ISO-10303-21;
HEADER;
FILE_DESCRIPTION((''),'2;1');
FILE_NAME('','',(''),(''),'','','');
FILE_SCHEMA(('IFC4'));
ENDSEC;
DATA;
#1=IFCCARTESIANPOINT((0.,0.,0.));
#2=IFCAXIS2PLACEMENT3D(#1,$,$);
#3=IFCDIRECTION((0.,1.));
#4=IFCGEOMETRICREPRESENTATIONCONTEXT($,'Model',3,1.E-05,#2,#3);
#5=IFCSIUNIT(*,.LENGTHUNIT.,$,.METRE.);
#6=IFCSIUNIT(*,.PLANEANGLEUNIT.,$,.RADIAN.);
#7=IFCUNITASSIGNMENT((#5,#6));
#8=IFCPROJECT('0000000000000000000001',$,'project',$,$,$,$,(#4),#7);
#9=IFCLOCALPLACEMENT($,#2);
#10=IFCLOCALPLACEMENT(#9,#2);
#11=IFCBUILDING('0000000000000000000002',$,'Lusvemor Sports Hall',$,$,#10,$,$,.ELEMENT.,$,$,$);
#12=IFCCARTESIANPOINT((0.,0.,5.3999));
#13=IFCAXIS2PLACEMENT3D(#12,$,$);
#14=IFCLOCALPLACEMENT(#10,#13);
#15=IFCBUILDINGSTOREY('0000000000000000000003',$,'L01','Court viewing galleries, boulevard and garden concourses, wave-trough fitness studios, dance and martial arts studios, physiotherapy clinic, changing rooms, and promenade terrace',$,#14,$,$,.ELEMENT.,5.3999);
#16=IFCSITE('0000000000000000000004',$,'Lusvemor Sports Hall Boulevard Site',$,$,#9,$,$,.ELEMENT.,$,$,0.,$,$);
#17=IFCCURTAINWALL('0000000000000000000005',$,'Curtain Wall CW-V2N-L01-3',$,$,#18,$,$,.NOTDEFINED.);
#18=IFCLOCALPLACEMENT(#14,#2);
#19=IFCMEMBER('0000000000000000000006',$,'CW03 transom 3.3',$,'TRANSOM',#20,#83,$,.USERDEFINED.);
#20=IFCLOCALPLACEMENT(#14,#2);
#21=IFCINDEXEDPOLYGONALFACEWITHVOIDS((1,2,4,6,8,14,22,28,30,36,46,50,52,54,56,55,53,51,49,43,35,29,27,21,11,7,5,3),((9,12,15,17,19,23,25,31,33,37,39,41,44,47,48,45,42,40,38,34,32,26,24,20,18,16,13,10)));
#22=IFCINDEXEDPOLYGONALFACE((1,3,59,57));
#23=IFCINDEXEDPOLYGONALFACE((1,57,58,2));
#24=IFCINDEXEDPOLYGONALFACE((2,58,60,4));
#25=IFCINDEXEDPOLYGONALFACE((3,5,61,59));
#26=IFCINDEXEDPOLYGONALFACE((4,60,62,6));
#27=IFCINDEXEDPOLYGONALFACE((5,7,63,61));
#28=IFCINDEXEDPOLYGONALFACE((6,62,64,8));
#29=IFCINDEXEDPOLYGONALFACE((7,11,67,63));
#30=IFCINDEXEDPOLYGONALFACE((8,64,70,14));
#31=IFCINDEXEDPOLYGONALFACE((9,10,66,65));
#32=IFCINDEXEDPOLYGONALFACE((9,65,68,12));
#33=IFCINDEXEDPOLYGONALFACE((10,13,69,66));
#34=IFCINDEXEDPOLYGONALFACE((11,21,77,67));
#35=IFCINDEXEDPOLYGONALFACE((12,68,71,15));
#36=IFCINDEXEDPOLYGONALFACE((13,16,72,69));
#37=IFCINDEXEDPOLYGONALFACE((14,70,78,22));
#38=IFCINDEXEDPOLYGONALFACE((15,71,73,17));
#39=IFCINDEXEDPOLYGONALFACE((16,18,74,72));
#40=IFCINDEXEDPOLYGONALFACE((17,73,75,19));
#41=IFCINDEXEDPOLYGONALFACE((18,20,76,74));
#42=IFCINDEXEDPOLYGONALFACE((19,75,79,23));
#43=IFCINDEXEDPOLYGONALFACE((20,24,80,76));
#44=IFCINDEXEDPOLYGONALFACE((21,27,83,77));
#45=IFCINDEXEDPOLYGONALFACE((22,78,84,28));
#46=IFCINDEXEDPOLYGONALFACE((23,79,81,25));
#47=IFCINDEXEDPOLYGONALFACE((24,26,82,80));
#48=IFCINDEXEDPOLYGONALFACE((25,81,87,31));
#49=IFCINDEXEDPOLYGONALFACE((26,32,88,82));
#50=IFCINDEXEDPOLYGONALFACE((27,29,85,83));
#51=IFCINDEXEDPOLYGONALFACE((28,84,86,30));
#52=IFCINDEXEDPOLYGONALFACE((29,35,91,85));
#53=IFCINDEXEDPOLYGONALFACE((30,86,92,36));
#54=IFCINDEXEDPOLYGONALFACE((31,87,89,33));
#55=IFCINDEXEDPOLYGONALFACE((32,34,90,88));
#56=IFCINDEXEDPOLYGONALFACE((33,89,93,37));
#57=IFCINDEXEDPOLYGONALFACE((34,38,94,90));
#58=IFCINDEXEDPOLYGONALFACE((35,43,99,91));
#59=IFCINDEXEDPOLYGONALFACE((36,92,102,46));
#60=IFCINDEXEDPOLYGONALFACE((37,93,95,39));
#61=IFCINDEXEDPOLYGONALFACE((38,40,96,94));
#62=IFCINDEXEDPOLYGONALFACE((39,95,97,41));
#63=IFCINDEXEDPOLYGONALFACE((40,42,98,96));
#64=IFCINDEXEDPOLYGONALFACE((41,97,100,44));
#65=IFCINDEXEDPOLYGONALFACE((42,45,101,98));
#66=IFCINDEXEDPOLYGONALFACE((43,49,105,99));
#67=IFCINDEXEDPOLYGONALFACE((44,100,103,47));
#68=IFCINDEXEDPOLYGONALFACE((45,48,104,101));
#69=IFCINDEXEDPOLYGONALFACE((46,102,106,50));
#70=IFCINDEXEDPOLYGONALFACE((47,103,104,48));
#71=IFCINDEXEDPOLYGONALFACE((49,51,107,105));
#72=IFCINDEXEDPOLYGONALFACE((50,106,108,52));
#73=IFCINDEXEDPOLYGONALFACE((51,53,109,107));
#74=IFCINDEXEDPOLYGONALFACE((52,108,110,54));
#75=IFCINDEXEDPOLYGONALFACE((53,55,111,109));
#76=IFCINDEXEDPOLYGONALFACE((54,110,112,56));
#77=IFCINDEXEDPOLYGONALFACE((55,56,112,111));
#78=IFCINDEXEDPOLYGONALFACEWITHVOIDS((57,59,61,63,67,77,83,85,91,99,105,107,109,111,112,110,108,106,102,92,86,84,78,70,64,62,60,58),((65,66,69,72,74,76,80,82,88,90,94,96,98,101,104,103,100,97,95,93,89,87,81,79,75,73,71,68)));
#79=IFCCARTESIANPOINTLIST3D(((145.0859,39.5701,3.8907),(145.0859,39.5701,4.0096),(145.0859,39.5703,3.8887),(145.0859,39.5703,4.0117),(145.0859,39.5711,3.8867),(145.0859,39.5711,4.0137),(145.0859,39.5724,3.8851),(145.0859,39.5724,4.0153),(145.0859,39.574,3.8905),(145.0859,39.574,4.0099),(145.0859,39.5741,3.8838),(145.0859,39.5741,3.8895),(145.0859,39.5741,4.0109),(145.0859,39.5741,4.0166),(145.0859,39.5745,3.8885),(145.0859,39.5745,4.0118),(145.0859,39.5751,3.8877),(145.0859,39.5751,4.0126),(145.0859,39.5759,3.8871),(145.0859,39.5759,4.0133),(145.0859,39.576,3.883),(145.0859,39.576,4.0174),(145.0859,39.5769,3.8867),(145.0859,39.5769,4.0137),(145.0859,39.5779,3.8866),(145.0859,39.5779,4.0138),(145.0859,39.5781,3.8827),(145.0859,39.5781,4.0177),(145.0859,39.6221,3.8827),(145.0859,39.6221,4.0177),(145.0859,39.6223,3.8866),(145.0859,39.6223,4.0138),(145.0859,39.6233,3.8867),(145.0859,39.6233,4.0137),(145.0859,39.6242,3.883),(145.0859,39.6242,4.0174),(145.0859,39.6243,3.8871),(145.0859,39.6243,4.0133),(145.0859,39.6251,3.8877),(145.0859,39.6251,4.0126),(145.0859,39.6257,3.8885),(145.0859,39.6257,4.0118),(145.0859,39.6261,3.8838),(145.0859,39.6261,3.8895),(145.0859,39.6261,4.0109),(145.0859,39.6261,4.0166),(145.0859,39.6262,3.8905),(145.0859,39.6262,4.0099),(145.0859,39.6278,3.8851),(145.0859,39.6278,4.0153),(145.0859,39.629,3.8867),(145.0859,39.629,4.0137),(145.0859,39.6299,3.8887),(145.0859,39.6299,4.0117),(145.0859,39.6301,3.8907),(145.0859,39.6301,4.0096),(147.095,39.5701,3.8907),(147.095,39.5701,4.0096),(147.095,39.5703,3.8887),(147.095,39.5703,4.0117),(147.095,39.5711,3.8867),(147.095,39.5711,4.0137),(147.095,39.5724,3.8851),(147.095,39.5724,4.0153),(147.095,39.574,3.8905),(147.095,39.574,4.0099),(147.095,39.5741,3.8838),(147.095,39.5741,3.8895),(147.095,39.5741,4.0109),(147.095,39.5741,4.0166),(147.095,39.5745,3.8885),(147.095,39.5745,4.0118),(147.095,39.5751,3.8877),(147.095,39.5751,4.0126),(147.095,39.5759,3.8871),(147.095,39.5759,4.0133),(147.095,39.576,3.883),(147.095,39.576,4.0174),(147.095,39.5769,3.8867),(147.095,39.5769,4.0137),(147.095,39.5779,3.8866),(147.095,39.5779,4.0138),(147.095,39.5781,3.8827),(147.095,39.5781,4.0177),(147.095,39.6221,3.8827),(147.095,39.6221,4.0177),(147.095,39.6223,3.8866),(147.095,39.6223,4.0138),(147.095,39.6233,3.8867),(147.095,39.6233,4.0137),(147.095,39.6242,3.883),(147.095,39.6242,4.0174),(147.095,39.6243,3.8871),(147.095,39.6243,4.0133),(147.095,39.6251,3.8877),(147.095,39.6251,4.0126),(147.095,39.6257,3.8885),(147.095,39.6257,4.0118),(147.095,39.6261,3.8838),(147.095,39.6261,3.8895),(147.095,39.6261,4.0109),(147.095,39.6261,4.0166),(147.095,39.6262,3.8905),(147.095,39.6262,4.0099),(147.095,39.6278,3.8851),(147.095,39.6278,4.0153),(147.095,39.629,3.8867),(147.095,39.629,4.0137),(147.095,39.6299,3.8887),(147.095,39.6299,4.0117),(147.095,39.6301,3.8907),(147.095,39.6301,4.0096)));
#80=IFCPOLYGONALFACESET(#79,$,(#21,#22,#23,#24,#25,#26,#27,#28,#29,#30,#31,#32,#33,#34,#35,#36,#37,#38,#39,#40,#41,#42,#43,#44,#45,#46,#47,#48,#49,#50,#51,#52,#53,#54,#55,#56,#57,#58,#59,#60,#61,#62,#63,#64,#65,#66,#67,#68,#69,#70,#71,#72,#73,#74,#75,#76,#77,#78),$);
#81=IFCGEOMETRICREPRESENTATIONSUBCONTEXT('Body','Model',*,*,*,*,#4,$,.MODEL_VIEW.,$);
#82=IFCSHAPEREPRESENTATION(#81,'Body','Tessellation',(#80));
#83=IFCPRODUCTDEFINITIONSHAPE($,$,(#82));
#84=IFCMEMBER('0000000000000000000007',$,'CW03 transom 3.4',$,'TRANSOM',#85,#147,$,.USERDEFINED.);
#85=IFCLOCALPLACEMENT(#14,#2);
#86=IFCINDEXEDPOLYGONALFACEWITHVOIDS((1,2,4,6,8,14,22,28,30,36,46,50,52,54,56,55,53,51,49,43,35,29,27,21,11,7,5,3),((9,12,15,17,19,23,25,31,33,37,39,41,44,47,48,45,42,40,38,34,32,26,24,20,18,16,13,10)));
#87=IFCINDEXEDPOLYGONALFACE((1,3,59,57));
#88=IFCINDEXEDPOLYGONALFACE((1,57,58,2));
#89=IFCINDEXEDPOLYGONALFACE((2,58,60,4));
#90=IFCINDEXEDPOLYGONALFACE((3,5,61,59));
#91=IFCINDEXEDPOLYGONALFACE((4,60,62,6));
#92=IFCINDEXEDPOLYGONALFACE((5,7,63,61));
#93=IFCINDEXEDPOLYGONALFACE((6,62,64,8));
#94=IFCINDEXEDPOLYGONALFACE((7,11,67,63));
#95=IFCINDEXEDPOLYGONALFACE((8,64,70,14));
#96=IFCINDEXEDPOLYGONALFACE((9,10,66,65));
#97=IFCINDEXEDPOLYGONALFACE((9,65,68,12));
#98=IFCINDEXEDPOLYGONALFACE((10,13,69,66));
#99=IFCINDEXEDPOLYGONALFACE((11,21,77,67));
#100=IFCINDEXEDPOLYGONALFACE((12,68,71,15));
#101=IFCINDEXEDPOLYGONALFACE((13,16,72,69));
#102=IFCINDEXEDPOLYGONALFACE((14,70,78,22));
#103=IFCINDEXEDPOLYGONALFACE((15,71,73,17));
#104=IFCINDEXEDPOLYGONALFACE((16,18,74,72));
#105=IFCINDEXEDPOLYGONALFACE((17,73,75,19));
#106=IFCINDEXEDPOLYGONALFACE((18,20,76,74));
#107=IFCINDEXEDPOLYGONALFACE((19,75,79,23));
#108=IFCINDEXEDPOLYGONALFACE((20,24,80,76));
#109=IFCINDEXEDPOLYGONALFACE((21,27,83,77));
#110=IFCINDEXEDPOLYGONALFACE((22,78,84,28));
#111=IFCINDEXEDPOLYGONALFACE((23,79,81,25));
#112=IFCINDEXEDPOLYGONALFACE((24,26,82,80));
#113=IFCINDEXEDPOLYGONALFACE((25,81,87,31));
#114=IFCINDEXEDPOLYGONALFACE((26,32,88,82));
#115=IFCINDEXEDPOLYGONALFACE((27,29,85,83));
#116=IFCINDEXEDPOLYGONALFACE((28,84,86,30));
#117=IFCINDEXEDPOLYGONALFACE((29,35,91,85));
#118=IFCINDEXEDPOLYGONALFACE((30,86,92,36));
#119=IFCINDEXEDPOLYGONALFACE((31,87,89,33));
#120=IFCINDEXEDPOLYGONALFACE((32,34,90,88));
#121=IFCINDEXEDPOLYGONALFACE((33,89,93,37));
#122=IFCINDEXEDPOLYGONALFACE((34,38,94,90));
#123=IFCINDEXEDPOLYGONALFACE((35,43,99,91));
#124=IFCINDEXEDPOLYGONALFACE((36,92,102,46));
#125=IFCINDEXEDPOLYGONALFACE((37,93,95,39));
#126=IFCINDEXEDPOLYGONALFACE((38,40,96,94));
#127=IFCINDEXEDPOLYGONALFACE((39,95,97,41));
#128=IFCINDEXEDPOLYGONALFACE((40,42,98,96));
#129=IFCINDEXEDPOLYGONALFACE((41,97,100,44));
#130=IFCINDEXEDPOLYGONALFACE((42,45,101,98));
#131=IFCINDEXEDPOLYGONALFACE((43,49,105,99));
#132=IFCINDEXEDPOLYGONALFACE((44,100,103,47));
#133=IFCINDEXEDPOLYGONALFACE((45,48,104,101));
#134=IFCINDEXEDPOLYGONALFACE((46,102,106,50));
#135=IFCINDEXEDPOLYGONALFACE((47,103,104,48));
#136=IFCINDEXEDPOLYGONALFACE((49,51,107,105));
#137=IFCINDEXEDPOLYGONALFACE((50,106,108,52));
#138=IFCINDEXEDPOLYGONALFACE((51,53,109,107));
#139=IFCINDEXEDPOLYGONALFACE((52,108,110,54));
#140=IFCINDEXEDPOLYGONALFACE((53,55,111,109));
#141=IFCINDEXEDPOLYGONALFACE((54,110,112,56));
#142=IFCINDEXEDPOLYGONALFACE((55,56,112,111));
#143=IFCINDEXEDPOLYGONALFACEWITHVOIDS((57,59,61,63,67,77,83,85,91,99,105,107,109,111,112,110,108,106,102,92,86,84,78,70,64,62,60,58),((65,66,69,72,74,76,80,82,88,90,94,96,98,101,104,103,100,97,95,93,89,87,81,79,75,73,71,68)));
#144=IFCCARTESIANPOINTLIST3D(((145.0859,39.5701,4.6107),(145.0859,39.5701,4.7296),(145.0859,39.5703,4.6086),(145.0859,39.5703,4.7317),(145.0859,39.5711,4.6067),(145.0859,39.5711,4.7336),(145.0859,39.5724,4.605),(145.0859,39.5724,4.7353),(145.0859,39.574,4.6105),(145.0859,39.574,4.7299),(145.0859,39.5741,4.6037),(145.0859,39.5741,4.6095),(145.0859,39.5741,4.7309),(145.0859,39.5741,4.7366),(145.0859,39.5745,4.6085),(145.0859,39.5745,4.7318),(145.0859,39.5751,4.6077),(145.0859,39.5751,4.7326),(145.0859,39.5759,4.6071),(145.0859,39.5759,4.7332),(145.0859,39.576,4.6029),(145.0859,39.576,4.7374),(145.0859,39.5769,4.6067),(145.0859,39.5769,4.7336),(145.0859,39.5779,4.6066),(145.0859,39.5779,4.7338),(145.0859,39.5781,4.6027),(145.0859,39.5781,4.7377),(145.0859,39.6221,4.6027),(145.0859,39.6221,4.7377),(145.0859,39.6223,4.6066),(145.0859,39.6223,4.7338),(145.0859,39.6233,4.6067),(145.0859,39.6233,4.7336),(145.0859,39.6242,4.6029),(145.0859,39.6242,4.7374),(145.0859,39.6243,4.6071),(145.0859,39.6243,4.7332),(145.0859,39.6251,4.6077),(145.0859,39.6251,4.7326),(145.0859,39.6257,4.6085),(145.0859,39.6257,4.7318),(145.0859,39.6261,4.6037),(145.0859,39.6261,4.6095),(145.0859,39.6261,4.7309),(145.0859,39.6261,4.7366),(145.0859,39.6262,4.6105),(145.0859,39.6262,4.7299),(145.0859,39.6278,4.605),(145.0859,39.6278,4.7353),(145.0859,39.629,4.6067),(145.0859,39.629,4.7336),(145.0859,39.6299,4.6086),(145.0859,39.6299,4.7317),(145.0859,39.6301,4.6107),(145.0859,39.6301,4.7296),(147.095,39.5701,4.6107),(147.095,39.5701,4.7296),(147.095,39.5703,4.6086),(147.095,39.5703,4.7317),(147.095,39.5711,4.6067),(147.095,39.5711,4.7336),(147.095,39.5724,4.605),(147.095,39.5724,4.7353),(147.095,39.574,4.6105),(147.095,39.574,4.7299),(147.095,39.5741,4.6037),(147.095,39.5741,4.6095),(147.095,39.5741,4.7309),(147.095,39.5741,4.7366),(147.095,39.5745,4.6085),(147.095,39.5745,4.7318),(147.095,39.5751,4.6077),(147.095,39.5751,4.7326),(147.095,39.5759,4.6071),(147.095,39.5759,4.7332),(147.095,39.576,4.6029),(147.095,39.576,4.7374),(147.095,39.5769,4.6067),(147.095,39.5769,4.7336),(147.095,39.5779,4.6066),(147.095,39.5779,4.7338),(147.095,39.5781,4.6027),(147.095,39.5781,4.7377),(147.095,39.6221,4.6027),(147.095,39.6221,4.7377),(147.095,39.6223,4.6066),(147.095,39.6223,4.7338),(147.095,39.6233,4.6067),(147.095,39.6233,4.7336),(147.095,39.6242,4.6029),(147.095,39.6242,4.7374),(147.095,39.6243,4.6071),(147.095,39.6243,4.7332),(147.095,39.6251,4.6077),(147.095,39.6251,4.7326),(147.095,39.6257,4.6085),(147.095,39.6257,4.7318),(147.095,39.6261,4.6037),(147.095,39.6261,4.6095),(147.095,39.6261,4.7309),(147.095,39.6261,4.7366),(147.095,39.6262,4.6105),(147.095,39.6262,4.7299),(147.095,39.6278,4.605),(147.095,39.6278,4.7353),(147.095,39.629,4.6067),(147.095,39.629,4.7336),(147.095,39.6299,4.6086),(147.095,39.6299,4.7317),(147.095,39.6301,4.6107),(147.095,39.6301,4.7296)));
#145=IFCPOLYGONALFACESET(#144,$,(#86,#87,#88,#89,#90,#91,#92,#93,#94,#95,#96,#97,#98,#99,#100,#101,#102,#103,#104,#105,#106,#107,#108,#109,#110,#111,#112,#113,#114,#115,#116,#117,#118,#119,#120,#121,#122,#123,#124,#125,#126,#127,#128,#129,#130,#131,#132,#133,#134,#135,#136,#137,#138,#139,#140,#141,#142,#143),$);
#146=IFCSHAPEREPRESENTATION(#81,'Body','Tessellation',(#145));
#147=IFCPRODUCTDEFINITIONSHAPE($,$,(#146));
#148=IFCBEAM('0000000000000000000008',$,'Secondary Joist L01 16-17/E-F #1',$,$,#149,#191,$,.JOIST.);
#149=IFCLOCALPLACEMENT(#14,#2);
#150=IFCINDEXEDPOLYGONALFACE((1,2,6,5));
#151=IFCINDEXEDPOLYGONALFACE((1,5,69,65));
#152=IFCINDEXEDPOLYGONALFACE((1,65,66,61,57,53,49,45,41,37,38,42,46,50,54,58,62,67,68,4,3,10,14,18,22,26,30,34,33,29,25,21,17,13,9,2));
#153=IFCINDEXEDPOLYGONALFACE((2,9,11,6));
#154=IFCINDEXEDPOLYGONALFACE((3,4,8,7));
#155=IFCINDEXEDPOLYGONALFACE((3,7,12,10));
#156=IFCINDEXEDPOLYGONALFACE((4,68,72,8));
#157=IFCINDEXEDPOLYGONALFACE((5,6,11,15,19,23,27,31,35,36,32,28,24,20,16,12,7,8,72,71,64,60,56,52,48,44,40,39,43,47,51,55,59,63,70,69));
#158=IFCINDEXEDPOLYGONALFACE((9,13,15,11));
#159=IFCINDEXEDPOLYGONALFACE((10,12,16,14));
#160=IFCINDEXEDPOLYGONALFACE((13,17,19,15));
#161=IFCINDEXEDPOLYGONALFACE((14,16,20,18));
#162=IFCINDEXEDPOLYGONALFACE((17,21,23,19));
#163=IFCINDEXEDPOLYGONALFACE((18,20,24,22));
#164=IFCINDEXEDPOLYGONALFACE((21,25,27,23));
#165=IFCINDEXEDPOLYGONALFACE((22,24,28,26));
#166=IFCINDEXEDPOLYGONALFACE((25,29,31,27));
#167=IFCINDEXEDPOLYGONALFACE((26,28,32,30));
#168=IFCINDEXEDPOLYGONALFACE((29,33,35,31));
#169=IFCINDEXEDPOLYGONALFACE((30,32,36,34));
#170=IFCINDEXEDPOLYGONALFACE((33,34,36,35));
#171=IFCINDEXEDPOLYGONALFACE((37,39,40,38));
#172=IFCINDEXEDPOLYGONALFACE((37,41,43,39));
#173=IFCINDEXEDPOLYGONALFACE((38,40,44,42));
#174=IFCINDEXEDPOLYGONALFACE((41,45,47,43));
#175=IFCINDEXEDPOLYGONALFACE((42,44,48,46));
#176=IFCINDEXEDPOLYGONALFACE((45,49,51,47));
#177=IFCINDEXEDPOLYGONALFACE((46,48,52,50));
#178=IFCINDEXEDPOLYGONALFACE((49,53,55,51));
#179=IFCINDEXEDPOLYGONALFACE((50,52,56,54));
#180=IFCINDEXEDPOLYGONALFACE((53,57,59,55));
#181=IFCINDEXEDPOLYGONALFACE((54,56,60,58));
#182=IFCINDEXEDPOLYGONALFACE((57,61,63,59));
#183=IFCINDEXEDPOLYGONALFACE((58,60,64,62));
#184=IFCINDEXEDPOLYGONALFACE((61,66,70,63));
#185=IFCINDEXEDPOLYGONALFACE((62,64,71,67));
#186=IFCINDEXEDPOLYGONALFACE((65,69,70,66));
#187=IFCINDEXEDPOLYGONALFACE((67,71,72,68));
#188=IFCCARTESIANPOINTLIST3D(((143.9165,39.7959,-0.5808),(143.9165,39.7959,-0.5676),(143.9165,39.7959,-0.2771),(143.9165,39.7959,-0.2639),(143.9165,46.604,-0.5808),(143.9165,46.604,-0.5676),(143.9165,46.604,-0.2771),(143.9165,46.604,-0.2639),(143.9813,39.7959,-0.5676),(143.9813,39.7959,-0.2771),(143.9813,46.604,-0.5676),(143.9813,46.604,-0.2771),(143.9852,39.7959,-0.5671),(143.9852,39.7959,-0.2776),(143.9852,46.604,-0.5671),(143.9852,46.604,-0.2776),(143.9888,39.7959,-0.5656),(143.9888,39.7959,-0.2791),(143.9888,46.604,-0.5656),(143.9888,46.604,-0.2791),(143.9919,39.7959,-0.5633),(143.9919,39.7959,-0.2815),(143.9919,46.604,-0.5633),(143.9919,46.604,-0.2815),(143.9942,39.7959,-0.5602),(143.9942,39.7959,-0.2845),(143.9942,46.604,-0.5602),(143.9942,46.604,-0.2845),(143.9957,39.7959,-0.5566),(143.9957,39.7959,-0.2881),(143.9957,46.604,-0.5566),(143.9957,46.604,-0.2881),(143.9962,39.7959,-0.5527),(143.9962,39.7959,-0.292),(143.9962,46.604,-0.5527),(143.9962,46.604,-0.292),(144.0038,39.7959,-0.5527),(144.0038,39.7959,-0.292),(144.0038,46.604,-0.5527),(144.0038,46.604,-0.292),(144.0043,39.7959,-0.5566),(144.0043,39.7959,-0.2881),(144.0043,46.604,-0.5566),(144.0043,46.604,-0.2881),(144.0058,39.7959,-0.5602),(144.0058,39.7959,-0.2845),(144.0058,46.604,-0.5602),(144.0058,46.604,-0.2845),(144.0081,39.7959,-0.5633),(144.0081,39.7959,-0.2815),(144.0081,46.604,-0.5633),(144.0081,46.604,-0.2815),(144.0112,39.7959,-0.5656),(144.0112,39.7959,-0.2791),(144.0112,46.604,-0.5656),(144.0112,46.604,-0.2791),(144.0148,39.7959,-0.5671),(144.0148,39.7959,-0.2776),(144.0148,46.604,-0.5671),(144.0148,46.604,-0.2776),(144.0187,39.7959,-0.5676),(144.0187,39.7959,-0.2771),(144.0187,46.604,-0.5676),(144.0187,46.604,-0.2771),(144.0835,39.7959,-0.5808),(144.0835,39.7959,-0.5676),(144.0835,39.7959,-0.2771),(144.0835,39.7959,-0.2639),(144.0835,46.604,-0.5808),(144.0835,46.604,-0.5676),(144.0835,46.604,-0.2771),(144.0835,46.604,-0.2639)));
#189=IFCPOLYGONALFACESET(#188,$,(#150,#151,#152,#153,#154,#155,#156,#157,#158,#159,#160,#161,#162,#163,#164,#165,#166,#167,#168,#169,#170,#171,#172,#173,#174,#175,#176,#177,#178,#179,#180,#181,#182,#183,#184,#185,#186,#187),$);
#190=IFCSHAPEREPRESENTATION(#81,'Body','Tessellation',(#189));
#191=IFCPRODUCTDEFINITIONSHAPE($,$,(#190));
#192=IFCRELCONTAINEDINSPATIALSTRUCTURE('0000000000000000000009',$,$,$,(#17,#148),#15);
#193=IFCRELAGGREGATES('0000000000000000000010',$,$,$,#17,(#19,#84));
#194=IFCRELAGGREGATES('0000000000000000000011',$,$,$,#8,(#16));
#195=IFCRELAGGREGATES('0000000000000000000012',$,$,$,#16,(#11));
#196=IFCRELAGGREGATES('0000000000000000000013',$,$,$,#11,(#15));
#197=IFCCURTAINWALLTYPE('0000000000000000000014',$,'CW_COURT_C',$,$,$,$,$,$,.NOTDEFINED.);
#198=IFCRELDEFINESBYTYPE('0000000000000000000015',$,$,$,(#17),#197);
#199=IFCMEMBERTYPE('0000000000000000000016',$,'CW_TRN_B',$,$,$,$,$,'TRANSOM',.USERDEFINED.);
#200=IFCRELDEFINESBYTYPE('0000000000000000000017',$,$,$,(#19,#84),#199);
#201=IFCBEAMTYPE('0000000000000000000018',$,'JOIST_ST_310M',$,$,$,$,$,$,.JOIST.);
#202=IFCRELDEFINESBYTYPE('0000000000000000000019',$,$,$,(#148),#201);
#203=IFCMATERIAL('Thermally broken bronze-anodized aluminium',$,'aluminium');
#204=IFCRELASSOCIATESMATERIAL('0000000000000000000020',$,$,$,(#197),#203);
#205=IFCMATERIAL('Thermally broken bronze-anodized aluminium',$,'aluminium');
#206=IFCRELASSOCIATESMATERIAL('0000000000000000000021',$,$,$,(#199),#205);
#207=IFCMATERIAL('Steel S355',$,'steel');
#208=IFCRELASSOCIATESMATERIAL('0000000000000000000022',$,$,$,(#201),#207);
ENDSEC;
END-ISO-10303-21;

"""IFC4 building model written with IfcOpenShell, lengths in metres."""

from ifc_helpers import new_model, si_unit, direction, frame, origin, origin_2d, place, context, subcontext, project, spatial, hollow_rectangle, i_section, extrude, material, material_profile, profile_set, type_object, element, aggregate, save


model = new_model("IFC4")

# Units and contexts
model_context = context("Model", 3, precision=1e-05, world=origin(), true_north=direction((0.0, 1.0)))
body_context = subcontext(model_context, "Body", "Model", "MODEL_VIEW")
ifc_project = project(units=[si_unit("LENGTHUNIT", "METRE"), si_unit("PLANEANGLEUNIT", "RADIAN")], contexts=[model_context])

# Site, building, storey
site_placement = place(None, origin())
site = spatial("IfcSite", under=ifc_project, at=site_placement, Name="Lusvemor Sports Hall Boulevard Site", CompositionType="ELEMENT", RefElevation=0.0)
building_placement = place(site_placement, origin())
building = spatial("IfcBuilding", under=site, at=building_placement, Name="Lusvemor Sports Hall", CompositionType="ELEMENT")
storey_placement = place(building_placement, frame((0.0, 0.0, 5.3999)))
storey = spatial("IfcBuildingStorey", under=building, at=storey_placement, Name="L01", Description="Court viewing galleries, boulevard and garden concourses, wave-trough fitness studios, dance and martial arts studios, physiotherapy clinic, changing rooms, and promenade terrace", CompositionType="ELEMENT", Elevation=5.3999)

# Curtain wall, members
ifc_material_1 = material(Name="Thermally broken bronze-anodized aluminium", Category="aluminium")
curtain_wall_type = type_object("IfcCurtainWallType", Name="CW_COURT_C", PredefinedType="NOTDEFINED", material=ifc_material_1)
curtain_wall_placement = place(storey_placement, origin())
curtain_wall = element("IfcCurtainWall", 1, at=curtain_wall_placement, inside=storey, type_object=curtain_wall_type, Name="Curtain Wall CW-V2N-L01-3", PredefinedType="NOTDEFINED")
ifc_material_2 = material(Name="Thermally broken bronze-anodized aluminium", Category="aluminium")
ifc_material_profile_1 = material_profile(ifc_material_2, hollow_rectangle(XDim=0.0601, YDim=0.135, WallThickness=0.0039, InnerFilletRadius=0.0039, OuterFilletRadius=0.0081, at=origin_2d()), Name="CWTRN135x60x4")
ifc_profile_set_1 = profile_set([ifc_material_profile_1], Name="Thermally broken bronze-anodized aluminium")
member_type_1 = type_object("IfcMemberType", Name="CW_TRN_B", ElementType="TRANSOM", PredefinedType="USERDEFINED", material=ifc_profile_set_1)
member_1_placement = place(storey_placement, frame((145.0859, 39.6001, 3.9502), z_axis=(1.0, 0.0, 0.0), x_axis=(0.0, 1.0, 0.0)))
member_1 = element("IfcMember", 2, at=member_1_placement, type_object=member_type_1, Name="CW03 transom 3.3", ObjectType="TRANSOM", PredefinedType="USERDEFINED", context=body_context, shape_type="SweptSolid", body=[
    extrude(hollow_rectangle(XDim=0.0601, YDim=0.135, WallThickness=0.0039, InnerFilletRadius=0.0039, OuterFilletRadius=0.0081, at=origin_2d()), origin(), (0.0, 0.0, 1.0), 2.009),
])
member_2_placement = place(storey_placement, frame((145.0859, 39.6001, 4.6702), z_axis=(1.0, 0.0, 0.0), x_axis=(0.0, 1.0, 0.0)))
member_2 = element("IfcMember", 3, at=member_2_placement, type_object=member_type_1, Name="CW03 transom 3.4", ObjectType="TRANSOM", PredefinedType="USERDEFINED", context=body_context, shape_type="SweptSolid", body=[
    extrude(hollow_rectangle(XDim=0.0601, YDim=0.135, WallThickness=0.0039, InnerFilletRadius=0.0039, OuterFilletRadius=0.0081, at=origin_2d()), origin(), (0.0, 0.0, 1.0), 2.009),
])

# Beam
ifc_material_3 = material(Name="Steel S355", Category="steel")
ifc_material_profile_2 = material_profile(ifc_material_3, i_section(OverallWidth=0.167, OverallDepth=0.3169, WebThickness=0.0076, FlangeThickness=0.0132, FilletRadius=0.0149, at=origin_2d()), Name="W310x52.0")
ifc_profile_set_2 = profile_set([ifc_material_profile_2], Name="Steel S355")
beam_type_1 = type_object("IfcBeamType", Name="JOIST_ST_310M", PredefinedType="JOIST", material=ifc_profile_set_2)
for number, where, z_axis, x_axis, name in (
    (4, (144.0, 39.7959, -0.4224), (0.0, 1.0, 0.0), (-1.0, 0.0, 0.0), "Secondary Joist L01 16-17/E-F #1"),
):
    element("IfcBeam", number, at=place(storey_placement, frame(where, z_axis=z_axis, x_axis=x_axis)), inside=storey, type_object=beam_type_1, Name=name, PredefinedType="JOIST", context=body_context, shape_type="SweptSolid", body=[
        extrude(i_section(OverallWidth=0.167, OverallDepth=0.3169, WebThickness=0.0076, FlangeThickness=0.0132, FilletRadius=0.0149, at=origin_2d()), origin(), (0.0, 0.0, 1.0), 6.8081),
    ])

aggregate(curtain_wall, [member_1, member_2])

save(model, "model.ifc")
